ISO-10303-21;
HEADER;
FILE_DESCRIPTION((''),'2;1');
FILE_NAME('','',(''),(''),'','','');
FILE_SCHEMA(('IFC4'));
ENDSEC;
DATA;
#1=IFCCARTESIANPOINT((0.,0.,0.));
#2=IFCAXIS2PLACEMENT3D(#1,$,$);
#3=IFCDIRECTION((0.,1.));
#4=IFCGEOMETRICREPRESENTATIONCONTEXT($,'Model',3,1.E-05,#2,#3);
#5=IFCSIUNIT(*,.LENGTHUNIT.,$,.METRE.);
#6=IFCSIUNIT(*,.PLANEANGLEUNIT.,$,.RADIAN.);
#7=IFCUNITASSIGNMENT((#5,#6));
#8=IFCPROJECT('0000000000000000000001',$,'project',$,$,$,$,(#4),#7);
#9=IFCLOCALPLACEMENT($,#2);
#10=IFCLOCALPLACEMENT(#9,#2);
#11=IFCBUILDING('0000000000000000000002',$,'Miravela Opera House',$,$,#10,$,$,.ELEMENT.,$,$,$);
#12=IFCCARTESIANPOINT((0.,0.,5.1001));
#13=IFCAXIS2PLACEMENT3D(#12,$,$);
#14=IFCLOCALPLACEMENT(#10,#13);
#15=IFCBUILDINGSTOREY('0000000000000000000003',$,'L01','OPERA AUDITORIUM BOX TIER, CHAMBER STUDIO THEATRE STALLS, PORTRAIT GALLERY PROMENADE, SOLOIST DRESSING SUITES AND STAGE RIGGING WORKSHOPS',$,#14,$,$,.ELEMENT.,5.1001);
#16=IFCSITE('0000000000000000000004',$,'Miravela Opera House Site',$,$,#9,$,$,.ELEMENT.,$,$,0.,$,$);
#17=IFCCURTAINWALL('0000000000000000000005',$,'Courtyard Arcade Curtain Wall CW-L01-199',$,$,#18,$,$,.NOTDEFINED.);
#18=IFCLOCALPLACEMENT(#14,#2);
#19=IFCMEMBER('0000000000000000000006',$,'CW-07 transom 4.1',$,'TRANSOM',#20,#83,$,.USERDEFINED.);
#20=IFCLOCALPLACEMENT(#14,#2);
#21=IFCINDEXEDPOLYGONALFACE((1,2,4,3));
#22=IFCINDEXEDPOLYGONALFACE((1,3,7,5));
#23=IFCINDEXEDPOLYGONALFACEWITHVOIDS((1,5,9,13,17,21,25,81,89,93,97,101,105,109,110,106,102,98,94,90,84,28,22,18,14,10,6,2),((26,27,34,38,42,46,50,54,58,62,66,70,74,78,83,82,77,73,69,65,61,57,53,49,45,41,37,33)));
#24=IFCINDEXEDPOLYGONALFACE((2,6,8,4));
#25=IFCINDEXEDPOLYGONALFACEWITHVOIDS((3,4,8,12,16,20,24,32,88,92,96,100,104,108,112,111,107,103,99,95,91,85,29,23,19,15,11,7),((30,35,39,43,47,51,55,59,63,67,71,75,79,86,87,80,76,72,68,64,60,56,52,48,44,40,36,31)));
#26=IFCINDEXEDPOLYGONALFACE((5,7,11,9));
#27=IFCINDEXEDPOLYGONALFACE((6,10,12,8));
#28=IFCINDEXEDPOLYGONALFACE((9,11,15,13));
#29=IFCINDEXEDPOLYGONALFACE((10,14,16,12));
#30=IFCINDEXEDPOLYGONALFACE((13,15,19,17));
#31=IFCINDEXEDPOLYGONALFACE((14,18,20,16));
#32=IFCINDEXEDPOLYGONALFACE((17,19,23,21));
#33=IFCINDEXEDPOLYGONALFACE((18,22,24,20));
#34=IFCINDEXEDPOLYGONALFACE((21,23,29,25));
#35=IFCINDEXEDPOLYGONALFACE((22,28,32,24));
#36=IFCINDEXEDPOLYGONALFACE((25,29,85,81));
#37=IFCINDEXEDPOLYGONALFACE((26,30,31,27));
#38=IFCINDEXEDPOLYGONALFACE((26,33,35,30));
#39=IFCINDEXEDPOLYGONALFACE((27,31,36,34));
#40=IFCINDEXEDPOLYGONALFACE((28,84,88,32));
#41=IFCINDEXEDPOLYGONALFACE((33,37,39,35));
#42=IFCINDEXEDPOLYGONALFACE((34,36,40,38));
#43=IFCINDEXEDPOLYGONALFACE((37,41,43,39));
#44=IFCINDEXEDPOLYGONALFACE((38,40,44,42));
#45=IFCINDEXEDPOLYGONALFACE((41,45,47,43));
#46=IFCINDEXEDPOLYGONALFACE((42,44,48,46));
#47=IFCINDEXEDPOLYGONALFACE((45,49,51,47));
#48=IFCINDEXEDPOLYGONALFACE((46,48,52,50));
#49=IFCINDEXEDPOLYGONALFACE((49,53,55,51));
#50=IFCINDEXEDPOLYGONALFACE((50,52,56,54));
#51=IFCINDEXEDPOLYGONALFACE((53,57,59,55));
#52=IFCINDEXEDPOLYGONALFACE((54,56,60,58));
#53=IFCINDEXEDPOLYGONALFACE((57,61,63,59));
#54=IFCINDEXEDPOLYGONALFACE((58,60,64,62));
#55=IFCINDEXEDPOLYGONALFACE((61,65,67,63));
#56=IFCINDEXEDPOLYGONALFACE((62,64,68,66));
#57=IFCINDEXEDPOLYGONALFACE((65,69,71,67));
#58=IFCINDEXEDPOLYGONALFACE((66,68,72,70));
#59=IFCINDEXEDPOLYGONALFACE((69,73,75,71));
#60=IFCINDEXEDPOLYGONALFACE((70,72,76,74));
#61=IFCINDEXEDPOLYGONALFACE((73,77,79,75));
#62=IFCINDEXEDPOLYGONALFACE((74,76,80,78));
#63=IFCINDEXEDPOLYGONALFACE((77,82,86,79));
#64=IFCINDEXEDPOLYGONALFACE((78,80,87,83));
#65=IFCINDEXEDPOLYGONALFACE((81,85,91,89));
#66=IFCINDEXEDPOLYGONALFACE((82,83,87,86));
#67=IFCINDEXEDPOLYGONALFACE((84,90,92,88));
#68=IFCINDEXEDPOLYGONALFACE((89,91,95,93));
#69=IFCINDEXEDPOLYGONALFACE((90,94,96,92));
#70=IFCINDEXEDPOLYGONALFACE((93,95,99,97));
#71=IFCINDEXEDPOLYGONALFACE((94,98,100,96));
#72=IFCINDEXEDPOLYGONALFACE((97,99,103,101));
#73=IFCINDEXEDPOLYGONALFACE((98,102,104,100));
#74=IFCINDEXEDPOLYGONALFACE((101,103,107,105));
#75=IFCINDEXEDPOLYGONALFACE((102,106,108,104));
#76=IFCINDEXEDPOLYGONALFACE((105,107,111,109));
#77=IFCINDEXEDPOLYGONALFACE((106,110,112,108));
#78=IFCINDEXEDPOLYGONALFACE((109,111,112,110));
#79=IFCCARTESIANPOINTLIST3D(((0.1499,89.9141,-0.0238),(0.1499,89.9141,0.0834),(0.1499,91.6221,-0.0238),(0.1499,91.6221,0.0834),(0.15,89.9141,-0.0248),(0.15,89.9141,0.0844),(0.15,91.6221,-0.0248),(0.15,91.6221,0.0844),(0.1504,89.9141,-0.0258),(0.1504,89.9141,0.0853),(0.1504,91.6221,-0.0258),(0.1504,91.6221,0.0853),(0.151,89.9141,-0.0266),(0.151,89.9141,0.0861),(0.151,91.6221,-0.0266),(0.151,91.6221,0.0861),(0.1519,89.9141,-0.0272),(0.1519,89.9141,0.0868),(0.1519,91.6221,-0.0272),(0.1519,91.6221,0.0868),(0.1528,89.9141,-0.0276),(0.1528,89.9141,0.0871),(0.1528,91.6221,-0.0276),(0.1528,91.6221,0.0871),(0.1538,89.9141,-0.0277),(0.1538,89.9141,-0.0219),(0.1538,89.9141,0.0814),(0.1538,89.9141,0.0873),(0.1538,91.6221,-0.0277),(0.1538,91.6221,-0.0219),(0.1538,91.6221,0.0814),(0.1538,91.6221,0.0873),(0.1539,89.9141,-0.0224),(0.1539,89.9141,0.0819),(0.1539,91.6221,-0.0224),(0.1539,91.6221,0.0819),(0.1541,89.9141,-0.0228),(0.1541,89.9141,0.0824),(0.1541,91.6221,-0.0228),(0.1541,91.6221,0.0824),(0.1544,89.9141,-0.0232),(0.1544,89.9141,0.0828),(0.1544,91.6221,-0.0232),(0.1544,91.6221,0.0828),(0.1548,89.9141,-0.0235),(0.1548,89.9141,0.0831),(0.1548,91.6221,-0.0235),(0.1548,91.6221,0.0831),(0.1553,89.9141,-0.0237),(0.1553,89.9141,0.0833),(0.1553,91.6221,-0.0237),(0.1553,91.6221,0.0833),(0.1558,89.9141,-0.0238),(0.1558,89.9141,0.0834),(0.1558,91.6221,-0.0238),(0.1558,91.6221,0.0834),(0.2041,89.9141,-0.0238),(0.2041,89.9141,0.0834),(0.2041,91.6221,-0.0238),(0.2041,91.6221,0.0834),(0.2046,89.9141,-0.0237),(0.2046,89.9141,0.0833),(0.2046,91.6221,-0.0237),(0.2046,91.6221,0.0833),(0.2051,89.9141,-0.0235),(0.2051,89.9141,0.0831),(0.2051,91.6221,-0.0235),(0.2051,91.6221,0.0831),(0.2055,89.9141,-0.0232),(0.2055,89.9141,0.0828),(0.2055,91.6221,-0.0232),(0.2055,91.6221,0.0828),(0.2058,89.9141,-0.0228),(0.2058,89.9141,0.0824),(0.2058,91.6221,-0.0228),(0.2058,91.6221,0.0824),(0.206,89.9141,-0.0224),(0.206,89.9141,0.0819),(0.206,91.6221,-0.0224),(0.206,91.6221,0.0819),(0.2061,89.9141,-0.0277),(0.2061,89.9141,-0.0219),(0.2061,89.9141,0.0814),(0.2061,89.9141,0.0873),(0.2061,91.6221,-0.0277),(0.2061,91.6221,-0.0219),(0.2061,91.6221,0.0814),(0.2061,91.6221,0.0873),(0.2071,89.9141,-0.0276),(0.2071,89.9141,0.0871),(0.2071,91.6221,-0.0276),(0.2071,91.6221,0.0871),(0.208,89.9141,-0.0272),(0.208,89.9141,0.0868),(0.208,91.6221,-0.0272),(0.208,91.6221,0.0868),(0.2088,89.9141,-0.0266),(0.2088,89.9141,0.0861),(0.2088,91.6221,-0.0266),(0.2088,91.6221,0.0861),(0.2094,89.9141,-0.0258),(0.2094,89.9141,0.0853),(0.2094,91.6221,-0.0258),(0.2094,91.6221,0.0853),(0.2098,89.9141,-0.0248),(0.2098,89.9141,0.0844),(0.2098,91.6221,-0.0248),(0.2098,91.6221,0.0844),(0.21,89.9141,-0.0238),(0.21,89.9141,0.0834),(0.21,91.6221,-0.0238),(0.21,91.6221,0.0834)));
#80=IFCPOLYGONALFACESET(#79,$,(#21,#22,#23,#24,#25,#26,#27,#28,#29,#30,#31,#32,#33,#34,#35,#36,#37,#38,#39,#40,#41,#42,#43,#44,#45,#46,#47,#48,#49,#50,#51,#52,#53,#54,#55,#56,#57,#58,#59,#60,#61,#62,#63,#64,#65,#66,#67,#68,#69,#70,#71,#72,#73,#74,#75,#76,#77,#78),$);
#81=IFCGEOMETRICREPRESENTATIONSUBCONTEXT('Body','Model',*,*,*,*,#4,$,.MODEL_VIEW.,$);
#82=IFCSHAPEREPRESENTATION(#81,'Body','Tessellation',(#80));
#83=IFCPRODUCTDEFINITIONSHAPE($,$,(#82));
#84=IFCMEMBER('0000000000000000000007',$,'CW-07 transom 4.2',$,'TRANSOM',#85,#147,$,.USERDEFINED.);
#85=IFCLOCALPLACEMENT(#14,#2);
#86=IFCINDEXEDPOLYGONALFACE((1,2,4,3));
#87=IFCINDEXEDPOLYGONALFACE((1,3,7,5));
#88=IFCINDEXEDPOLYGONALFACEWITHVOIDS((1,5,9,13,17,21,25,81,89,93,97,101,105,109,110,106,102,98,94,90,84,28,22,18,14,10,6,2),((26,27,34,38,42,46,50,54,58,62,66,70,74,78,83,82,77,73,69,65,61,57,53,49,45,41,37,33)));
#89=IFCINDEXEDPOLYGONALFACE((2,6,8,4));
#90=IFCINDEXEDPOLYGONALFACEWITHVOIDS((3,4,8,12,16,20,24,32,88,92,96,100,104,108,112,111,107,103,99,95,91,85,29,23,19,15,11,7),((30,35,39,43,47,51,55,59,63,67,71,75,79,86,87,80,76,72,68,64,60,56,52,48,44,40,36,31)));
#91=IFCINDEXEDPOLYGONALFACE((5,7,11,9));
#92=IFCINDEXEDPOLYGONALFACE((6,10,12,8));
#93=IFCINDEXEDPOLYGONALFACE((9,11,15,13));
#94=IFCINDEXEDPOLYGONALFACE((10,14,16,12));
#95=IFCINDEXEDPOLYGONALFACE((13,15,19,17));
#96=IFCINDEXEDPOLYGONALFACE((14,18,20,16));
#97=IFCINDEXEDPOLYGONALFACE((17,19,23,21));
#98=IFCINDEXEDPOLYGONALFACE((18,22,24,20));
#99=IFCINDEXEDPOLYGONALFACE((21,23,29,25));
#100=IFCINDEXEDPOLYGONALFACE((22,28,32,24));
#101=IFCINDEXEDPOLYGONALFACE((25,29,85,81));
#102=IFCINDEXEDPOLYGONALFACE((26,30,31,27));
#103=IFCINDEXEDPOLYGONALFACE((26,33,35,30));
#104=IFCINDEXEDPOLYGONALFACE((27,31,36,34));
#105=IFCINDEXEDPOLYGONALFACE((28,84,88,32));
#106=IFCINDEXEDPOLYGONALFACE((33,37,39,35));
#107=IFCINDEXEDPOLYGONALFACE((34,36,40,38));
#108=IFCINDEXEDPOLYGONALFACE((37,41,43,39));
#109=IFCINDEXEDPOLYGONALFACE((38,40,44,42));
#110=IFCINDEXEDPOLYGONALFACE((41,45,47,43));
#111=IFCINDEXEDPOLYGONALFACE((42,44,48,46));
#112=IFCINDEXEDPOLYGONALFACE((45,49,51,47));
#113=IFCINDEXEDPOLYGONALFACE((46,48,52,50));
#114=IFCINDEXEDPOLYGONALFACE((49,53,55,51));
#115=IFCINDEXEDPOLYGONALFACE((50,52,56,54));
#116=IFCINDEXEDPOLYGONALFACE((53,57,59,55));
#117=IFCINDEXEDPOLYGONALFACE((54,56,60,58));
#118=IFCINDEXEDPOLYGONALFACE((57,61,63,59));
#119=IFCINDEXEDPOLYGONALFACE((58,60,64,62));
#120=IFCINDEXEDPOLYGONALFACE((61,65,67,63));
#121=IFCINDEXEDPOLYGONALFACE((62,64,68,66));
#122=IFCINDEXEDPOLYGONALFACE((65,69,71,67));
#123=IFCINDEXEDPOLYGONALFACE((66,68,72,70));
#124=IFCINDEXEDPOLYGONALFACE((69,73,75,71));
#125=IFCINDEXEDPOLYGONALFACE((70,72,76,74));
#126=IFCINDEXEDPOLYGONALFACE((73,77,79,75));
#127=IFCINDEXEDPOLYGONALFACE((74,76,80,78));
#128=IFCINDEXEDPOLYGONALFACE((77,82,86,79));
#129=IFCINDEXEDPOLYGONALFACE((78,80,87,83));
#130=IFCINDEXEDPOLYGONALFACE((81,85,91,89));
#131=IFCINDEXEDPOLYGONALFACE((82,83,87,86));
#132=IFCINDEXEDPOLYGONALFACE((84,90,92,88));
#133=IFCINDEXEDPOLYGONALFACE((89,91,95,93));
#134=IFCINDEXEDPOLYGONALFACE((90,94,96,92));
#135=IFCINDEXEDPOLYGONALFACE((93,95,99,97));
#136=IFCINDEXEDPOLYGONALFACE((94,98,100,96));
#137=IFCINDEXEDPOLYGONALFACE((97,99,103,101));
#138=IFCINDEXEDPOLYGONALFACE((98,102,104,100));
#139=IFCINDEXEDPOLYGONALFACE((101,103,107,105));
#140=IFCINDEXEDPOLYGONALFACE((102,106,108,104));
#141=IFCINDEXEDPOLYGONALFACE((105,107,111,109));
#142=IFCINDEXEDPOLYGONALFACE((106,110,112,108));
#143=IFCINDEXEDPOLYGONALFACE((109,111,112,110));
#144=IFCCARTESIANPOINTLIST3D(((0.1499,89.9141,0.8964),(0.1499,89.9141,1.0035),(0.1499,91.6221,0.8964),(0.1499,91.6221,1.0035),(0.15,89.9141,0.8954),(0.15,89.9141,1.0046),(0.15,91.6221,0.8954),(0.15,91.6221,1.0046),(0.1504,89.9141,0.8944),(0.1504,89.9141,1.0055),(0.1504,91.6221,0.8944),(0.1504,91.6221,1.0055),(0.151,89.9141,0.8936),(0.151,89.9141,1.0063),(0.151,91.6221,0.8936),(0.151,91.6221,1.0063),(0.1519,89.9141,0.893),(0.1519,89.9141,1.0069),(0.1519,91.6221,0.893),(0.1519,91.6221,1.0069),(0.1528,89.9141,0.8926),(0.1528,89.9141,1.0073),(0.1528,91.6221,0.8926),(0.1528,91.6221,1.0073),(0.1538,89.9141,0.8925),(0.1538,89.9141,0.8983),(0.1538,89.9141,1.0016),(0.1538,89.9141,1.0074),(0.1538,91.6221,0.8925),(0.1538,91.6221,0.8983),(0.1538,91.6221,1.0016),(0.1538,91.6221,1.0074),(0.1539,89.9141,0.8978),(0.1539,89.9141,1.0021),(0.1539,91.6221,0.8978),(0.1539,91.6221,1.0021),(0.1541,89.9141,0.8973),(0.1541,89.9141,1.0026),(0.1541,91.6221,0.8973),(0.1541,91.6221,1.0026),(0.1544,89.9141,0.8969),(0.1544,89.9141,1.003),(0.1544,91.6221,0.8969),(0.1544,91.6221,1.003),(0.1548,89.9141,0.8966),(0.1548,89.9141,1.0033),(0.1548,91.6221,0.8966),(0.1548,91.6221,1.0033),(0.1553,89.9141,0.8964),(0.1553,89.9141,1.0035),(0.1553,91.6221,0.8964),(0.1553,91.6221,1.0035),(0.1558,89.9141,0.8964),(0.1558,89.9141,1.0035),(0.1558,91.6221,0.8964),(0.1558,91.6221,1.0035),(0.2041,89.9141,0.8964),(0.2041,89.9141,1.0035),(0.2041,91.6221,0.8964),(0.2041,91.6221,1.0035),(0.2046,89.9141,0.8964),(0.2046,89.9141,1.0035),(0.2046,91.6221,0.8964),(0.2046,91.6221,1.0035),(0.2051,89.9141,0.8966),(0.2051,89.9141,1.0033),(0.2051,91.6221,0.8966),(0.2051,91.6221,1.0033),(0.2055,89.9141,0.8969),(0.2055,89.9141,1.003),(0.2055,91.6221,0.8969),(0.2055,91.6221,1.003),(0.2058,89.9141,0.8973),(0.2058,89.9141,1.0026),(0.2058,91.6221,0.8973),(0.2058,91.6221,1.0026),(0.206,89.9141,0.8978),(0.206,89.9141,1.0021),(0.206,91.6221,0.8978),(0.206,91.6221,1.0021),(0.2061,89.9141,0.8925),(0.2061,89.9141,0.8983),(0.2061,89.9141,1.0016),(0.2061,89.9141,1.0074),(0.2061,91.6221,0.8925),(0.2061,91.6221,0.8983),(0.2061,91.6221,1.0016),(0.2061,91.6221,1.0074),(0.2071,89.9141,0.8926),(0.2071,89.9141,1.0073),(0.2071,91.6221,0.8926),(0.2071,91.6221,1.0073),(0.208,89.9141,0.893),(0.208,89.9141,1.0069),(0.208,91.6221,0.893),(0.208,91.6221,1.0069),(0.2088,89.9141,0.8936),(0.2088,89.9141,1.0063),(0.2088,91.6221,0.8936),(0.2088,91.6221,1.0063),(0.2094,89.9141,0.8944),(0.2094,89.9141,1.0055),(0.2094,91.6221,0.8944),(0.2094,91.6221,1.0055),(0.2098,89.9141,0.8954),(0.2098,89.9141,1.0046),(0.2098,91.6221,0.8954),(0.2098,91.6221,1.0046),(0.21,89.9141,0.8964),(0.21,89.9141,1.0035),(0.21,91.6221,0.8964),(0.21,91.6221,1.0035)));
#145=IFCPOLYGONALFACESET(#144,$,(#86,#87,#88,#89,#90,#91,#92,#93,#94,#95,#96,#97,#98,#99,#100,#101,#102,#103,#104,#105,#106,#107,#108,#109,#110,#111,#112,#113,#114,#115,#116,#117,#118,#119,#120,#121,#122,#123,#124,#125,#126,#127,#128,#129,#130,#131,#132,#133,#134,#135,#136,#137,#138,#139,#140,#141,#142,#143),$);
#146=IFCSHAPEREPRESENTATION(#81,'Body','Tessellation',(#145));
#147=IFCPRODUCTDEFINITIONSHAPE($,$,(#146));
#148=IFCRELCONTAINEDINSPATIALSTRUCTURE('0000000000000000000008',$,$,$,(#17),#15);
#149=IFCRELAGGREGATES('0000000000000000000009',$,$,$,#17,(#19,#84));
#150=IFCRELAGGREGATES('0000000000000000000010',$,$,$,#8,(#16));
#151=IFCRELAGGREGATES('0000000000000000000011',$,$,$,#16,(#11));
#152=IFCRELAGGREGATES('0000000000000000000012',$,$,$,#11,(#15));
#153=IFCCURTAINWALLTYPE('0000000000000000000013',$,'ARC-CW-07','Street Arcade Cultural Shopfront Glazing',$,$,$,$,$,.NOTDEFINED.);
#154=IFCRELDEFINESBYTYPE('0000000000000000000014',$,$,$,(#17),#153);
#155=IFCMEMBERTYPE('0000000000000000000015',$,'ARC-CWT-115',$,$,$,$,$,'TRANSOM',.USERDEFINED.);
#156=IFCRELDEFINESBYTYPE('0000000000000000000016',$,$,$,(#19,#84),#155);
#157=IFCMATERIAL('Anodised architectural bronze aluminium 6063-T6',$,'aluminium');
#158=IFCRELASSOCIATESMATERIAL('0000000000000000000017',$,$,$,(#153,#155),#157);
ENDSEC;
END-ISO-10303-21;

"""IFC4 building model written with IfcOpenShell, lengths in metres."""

from ifc_helpers import new_model, si_unit, direction, frame, origin, origin_2d, place, context, subcontext, project, spatial, hollow_rectangle, extrude, material, material_profile, profile_set, type_object, element, aggregate, save


model = new_model("IFC4")

# Units and contexts
model_context = context("Model", 3, precision=1e-05, world=origin(), true_north=direction((0.0, 1.0)))
body_context = subcontext(model_context, "Body", "Model", "MODEL_VIEW")
ifc_project = project(units=[si_unit("LENGTHUNIT", "METRE"), si_unit("PLANEANGLEUNIT", "RADIAN")], contexts=[model_context])

# Site, building, storey
site_placement = place(None, origin())
site = spatial("IfcSite", under=ifc_project, at=site_placement, Name="Miravela Opera House Site", CompositionType="ELEMENT", RefElevation=0.0)
building_placement = place(site_placement, origin())
building = spatial("IfcBuilding", under=site, at=building_placement, Name="Miravela Opera House", CompositionType="ELEMENT")
storey_placement = place(building_placement, frame((0.0, 0.0, 5.1001)))
storey = spatial("IfcBuildingStorey", under=building, at=storey_placement, Name="L01", Description="OPERA AUDITORIUM BOX TIER, CHAMBER STUDIO THEATRE STALLS, PORTRAIT GALLERY PROMENADE, SOLOIST DRESSING SUITES AND STAGE RIGGING WORKSHOPS", CompositionType="ELEMENT", Elevation=5.1001)

# Curtain wall, members
ifc_material_1 = material(Name="Anodised architectural bronze aluminium 6063-T6", Category="aluminium")
curtain_wall_type = type_object("IfcCurtainWallType", Name="ARC-CW-07", Description="Street Arcade Cultural Shopfront Glazing", PredefinedType="NOTDEFINED", material=ifc_material_1)
curtain_wall_placement = place(storey_placement, origin())
curtain_wall = element("IfcCurtainWall", 1, at=curtain_wall_placement, inside=storey, type_object=curtain_wall_type, Name="Courtyard Arcade Curtain Wall CW-L01-199", PredefinedType="NOTDEFINED")
ifc_material_profile_1 = material_profile(ifc_material_1, hollow_rectangle(XDim=0.0601, YDim=0.115, WallThickness=0.0039, InnerFilletRadius=0.002, OuterFilletRadius=0.0039, at=origin_2d()), Name="CWT-60X115")
ifc_profile_set_1 = profile_set([ifc_material_profile_1])
member_type_1 = type_object("IfcMemberType", Name="ARC-CWT-115", ElementType="TRANSOM", PredefinedType="USERDEFINED", material=ifc_profile_set_1)
member_1_placement = place(storey_placement, frame((0.1799, 89.9141, 0.0298), z_axis=(0.0, 1.0, 0.0), x_axis=(-1.0, 0.0, 0.0)))
member_1 = element("IfcMember", 2, at=member_1_placement, type_object=member_type_1, Name="CW-07 transom 4.1", ObjectType="TRANSOM", PredefinedType="USERDEFINED", context=body_context, shape_type="SweptSolid", body=[
    extrude(hollow_rectangle(XDim=0.0601, YDim=0.115, WallThickness=0.0039, InnerFilletRadius=0.002, OuterFilletRadius=0.0039, at=origin_2d()), origin(), (0.0, 0.0, 1.0), 1.708),
])
member_2_placement = place(storey_placement, frame((0.1799, 89.9141, 0.95), z_axis=(0.0, 1.0, 0.0), x_axis=(-1.0, 0.0, 0.0)))
member_2 = element("IfcMember", 3, at=member_2_placement, type_object=member_type_1, Name="CW-07 transom 4.2", ObjectType="TRANSOM", PredefinedType="USERDEFINED", context=body_context, shape_type="SweptSolid", body=[
    extrude(hollow_rectangle(XDim=0.0601, YDim=0.115, WallThickness=0.0039, InnerFilletRadius=0.002, OuterFilletRadius=0.0039, at=origin_2d()), origin(), (0.0, 0.0, 1.0), 1.708),
])

aggregate(curtain_wall, [member_1, member_2])

save(model, "model.ifc")
